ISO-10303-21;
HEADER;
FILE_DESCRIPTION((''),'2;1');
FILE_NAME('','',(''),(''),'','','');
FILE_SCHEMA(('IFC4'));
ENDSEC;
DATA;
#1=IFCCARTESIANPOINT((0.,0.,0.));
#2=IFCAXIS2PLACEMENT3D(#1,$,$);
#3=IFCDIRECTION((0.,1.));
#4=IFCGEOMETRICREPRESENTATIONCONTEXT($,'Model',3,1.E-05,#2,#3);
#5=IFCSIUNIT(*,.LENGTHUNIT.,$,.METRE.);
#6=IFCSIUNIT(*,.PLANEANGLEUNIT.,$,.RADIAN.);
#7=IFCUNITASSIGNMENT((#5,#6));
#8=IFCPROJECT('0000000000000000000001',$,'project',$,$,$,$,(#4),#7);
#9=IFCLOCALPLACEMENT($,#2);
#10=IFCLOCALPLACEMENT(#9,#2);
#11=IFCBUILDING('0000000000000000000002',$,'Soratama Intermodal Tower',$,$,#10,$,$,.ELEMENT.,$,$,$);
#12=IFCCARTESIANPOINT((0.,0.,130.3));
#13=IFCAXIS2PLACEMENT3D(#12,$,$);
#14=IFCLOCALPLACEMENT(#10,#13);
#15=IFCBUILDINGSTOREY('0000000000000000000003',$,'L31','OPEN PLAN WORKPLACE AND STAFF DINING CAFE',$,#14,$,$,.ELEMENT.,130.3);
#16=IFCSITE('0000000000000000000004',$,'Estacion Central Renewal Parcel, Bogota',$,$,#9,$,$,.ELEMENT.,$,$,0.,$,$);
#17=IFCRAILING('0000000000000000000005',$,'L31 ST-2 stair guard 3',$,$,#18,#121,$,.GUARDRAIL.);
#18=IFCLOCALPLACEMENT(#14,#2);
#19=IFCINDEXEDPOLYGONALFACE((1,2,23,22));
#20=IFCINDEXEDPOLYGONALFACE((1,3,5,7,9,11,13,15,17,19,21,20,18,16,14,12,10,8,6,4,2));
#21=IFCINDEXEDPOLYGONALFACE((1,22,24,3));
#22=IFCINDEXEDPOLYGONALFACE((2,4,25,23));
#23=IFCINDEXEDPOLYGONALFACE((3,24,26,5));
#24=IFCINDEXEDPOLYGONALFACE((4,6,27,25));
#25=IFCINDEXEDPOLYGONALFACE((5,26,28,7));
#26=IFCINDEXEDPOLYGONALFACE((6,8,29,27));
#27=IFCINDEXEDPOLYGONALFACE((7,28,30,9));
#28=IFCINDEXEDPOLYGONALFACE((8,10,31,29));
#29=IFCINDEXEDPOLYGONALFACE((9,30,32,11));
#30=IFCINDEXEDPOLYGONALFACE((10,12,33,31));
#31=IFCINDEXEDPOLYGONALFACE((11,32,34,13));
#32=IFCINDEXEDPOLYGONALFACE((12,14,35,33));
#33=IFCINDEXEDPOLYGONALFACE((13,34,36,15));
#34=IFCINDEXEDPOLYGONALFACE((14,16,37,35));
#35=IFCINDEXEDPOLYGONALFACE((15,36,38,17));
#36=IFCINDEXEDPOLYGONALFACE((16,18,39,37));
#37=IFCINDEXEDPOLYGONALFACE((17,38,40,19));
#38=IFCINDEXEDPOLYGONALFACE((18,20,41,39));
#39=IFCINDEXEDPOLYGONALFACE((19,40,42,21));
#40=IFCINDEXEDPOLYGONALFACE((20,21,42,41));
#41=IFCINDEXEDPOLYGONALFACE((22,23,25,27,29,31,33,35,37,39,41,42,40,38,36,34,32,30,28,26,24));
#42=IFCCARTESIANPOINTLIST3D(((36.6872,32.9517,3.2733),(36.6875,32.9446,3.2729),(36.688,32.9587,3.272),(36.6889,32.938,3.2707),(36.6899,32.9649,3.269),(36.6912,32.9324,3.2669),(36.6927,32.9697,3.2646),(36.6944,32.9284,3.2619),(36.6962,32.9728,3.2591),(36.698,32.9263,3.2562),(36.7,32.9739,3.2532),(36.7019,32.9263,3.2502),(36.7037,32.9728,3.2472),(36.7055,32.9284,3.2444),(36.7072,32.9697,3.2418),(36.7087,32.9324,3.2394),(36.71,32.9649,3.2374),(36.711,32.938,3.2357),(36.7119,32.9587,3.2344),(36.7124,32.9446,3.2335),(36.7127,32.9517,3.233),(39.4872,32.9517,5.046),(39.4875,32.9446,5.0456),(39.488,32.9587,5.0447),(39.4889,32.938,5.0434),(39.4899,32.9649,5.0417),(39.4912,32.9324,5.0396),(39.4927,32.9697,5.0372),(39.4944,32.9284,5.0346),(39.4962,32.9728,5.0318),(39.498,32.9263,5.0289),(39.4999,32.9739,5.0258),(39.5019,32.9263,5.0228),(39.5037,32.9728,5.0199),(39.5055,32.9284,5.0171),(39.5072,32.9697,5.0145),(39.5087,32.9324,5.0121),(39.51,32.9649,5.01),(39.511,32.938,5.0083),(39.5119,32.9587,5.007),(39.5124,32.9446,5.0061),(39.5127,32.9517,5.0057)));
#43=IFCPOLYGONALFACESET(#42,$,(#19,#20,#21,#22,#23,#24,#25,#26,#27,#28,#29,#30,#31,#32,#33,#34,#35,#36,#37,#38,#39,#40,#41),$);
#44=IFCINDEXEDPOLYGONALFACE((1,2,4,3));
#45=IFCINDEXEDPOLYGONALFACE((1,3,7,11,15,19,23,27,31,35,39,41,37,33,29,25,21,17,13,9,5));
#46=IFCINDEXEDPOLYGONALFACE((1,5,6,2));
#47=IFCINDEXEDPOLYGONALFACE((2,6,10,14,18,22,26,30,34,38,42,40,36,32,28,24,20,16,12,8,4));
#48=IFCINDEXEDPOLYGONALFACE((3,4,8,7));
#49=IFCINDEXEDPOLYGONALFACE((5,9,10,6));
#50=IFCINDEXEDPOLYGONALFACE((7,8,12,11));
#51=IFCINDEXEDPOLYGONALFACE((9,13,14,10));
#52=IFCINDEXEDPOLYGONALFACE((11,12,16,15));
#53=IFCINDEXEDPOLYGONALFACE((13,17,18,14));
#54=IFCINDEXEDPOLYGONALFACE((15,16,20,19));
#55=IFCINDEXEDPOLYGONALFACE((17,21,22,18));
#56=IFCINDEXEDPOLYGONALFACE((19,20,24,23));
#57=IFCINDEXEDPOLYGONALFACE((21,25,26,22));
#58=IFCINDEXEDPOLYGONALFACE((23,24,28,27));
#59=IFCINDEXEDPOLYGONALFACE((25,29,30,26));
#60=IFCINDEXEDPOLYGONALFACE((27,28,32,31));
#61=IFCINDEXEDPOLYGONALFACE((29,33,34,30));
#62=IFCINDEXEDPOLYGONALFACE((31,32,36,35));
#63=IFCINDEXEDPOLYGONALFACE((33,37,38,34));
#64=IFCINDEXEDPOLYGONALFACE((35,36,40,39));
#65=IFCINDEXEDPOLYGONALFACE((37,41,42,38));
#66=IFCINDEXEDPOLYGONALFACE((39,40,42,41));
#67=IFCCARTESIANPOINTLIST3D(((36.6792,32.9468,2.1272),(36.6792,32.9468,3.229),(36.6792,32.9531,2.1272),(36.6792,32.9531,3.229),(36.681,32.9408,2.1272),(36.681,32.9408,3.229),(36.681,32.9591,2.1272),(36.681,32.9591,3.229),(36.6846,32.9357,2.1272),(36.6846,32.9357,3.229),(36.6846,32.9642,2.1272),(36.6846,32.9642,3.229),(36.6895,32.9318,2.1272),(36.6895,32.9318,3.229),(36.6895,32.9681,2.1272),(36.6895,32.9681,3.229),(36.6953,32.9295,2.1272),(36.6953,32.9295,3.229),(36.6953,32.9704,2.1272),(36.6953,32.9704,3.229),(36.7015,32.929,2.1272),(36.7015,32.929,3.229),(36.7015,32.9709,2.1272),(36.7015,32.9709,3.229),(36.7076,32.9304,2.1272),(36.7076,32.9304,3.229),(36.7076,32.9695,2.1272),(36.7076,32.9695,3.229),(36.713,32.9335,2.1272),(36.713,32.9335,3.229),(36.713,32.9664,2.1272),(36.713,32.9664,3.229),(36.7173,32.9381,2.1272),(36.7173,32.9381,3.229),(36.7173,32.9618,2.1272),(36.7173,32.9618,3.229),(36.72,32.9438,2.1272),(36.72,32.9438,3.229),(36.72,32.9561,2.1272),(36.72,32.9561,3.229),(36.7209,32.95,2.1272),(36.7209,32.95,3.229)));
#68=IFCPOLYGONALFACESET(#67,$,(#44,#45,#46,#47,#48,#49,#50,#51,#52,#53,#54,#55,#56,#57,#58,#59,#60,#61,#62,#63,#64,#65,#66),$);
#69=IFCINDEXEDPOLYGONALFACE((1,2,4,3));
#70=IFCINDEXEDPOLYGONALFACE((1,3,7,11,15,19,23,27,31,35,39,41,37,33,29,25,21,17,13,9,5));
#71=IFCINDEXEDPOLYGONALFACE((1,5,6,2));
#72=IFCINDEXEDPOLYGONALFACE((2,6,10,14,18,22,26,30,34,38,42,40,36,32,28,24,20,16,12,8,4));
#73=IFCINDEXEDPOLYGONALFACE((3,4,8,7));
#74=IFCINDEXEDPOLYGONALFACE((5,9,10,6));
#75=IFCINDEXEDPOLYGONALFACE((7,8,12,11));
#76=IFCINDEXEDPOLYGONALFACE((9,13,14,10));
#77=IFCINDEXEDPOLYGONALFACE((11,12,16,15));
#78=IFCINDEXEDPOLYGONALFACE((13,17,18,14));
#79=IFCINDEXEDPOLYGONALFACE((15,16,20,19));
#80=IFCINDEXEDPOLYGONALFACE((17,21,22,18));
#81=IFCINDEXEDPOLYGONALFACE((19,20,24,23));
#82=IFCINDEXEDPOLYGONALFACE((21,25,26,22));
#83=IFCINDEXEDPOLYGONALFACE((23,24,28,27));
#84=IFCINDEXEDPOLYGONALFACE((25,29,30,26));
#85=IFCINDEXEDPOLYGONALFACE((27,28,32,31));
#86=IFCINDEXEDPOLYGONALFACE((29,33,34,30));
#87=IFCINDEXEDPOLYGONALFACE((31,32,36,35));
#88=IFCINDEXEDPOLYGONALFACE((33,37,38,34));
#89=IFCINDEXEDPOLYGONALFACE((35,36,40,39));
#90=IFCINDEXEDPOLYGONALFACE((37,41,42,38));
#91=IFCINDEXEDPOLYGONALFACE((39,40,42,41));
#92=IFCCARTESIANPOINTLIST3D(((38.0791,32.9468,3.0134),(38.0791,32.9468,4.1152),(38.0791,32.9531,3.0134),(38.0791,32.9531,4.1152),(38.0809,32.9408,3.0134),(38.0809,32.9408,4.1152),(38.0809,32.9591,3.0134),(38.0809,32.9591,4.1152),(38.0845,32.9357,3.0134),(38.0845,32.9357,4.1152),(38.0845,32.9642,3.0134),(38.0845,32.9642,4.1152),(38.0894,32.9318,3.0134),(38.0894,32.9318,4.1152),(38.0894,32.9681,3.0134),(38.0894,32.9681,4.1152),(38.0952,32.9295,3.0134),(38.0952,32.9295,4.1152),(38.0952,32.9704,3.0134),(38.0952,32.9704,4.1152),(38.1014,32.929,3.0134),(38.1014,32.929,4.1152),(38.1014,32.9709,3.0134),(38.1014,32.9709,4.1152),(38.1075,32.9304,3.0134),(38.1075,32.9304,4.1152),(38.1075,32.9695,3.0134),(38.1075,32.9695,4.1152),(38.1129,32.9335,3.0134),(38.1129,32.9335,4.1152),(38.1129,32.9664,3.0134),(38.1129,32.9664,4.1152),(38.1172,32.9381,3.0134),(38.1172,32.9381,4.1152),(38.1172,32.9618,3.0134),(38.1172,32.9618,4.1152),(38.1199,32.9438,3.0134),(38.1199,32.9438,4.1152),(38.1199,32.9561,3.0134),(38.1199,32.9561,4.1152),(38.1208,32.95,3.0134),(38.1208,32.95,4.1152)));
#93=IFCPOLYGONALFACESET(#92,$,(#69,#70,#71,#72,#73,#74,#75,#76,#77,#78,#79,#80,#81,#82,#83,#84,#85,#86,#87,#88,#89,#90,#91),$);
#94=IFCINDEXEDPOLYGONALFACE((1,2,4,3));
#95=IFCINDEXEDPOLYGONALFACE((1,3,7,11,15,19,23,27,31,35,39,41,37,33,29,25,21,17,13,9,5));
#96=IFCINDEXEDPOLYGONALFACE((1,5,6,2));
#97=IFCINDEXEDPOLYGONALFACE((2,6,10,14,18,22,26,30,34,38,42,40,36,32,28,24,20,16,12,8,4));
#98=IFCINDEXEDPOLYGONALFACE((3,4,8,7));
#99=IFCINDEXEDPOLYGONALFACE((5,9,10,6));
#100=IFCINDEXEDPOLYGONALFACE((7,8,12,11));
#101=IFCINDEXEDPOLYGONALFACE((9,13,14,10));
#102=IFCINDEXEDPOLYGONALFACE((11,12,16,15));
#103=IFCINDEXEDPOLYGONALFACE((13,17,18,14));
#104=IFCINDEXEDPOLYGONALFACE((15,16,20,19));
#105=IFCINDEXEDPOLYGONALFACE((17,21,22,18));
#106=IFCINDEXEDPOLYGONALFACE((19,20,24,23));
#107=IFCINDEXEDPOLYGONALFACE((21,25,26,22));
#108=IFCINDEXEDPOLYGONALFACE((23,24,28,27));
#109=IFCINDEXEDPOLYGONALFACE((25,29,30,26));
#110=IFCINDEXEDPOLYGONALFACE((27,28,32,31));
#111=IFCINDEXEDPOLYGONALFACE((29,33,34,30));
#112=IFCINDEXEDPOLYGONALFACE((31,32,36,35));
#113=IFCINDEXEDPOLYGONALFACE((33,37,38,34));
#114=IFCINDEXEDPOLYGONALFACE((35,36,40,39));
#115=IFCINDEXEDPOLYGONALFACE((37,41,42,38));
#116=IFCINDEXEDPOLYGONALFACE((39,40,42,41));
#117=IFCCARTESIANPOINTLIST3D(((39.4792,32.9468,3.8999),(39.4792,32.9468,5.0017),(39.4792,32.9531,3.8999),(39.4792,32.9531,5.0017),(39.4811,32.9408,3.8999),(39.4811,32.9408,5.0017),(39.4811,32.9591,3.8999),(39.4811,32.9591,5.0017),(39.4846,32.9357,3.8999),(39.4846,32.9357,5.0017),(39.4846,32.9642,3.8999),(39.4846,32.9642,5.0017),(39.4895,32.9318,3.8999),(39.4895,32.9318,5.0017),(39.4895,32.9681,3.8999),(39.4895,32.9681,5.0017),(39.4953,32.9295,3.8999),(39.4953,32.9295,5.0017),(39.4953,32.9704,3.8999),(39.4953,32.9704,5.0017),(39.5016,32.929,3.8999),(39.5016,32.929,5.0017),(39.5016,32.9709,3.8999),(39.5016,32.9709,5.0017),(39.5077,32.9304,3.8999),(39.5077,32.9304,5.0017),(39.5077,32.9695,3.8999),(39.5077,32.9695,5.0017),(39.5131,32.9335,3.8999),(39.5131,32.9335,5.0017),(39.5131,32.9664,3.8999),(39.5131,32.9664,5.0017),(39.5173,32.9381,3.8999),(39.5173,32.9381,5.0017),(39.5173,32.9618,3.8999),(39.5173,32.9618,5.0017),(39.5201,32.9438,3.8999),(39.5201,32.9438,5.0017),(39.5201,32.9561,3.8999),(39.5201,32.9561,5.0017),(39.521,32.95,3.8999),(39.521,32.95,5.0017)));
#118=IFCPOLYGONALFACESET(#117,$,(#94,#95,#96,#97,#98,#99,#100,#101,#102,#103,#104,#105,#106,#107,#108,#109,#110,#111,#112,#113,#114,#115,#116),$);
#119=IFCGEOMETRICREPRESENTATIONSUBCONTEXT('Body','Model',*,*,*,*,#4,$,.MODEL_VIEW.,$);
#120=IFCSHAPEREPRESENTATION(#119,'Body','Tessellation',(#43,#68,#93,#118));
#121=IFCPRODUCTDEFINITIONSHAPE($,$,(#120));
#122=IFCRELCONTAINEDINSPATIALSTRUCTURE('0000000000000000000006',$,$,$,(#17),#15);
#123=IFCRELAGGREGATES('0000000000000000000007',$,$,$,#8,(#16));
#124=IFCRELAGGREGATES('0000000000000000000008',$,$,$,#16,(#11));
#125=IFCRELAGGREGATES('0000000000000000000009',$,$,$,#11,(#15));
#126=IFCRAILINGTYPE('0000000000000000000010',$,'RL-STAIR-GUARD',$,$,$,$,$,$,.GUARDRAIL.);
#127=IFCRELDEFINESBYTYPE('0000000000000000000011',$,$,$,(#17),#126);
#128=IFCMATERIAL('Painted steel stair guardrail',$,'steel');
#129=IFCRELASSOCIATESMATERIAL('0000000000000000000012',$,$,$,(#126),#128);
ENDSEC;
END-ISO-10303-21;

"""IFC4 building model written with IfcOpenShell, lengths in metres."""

from ifc_helpers import new_model, si_unit, direction, frame, origin, origin_2d, place, context, subcontext, project, spatial, circle, extrude, material, type_object, element, save


model = new_model("IFC4")

# Units and contexts
model_context = context("Model", 3, precision=1e-05, world=origin(), true_north=direction((0.0, 1.0)))
body_context = subcontext(model_context, "Body", "Model", "MODEL_VIEW")
ifc_project = project(units=[si_unit("LENGTHUNIT", "METRE"), si_unit("PLANEANGLEUNIT", "RADIAN")], contexts=[model_context])

# Site, building, storey
site_placement = place(None, origin())
site = spatial("IfcSite", under=ifc_project, at=site_placement, Name="Estacion Central Renewal Parcel, Bogota", CompositionType="ELEMENT", RefElevation=0.0)
building_placement = place(site_placement, origin())
building = spatial("IfcBuilding", under=site, at=building_placement, Name="Soratama Intermodal Tower", CompositionType="ELEMENT")
storey_placement = place(building_placement, frame((0.0, 0.0, 130.3)))
storey = spatial("IfcBuildingStorey", under=building, at=storey_placement, Name="L31", Description="OPEN PLAN WORKPLACE AND STAFF DINING CAFE", CompositionType="ELEMENT", Elevation=130.3)

# Railing
ifc_material_1 = material(Name="Painted steel stair guardrail", Category="steel")
railing_type_1 = type_object("IfcRailingType", Name="RL-STAIR-GUARD", PredefinedType="GUARDRAIL", material=ifc_material_1)
railing_1_placement = place(storey_placement, frame((36.7, 32.95, 2.1272)))
element("IfcRailing", 1, at=railing_1_placement, inside=storey, type_object=railing_type_1, Name="L31 ST-2 stair guard 3", PredefinedType="GUARDRAIL", context=body_context, shape_type="SweptSolid", body=[
    extrude(circle(Radius=0.0239, at=origin_2d()), frame((0.0, 0.0, 1.126), z_axis=(0.844909, 0.0, 0.53491), x_axis=(0.0, 1.0, 0.0)), (0.0, 0.0, 1.0), 3.314),
    extrude(circle(Radius=0.021, at=origin_2d()), origin(), (0.0, 0.0, 1.0), 1.1018),
    extrude(circle(Radius=0.021, at=origin_2d()), frame((1.3999, 0.0, 0.8862)), (0.0, 0.0, 1.0), 1.1018),
    extrude(circle(Radius=0.021, at=origin_2d()), frame((2.8, 0.0, 1.7727)), (0.0, 0.0, 1.0), 1.1018),
])

save(model, "model.ifc")
